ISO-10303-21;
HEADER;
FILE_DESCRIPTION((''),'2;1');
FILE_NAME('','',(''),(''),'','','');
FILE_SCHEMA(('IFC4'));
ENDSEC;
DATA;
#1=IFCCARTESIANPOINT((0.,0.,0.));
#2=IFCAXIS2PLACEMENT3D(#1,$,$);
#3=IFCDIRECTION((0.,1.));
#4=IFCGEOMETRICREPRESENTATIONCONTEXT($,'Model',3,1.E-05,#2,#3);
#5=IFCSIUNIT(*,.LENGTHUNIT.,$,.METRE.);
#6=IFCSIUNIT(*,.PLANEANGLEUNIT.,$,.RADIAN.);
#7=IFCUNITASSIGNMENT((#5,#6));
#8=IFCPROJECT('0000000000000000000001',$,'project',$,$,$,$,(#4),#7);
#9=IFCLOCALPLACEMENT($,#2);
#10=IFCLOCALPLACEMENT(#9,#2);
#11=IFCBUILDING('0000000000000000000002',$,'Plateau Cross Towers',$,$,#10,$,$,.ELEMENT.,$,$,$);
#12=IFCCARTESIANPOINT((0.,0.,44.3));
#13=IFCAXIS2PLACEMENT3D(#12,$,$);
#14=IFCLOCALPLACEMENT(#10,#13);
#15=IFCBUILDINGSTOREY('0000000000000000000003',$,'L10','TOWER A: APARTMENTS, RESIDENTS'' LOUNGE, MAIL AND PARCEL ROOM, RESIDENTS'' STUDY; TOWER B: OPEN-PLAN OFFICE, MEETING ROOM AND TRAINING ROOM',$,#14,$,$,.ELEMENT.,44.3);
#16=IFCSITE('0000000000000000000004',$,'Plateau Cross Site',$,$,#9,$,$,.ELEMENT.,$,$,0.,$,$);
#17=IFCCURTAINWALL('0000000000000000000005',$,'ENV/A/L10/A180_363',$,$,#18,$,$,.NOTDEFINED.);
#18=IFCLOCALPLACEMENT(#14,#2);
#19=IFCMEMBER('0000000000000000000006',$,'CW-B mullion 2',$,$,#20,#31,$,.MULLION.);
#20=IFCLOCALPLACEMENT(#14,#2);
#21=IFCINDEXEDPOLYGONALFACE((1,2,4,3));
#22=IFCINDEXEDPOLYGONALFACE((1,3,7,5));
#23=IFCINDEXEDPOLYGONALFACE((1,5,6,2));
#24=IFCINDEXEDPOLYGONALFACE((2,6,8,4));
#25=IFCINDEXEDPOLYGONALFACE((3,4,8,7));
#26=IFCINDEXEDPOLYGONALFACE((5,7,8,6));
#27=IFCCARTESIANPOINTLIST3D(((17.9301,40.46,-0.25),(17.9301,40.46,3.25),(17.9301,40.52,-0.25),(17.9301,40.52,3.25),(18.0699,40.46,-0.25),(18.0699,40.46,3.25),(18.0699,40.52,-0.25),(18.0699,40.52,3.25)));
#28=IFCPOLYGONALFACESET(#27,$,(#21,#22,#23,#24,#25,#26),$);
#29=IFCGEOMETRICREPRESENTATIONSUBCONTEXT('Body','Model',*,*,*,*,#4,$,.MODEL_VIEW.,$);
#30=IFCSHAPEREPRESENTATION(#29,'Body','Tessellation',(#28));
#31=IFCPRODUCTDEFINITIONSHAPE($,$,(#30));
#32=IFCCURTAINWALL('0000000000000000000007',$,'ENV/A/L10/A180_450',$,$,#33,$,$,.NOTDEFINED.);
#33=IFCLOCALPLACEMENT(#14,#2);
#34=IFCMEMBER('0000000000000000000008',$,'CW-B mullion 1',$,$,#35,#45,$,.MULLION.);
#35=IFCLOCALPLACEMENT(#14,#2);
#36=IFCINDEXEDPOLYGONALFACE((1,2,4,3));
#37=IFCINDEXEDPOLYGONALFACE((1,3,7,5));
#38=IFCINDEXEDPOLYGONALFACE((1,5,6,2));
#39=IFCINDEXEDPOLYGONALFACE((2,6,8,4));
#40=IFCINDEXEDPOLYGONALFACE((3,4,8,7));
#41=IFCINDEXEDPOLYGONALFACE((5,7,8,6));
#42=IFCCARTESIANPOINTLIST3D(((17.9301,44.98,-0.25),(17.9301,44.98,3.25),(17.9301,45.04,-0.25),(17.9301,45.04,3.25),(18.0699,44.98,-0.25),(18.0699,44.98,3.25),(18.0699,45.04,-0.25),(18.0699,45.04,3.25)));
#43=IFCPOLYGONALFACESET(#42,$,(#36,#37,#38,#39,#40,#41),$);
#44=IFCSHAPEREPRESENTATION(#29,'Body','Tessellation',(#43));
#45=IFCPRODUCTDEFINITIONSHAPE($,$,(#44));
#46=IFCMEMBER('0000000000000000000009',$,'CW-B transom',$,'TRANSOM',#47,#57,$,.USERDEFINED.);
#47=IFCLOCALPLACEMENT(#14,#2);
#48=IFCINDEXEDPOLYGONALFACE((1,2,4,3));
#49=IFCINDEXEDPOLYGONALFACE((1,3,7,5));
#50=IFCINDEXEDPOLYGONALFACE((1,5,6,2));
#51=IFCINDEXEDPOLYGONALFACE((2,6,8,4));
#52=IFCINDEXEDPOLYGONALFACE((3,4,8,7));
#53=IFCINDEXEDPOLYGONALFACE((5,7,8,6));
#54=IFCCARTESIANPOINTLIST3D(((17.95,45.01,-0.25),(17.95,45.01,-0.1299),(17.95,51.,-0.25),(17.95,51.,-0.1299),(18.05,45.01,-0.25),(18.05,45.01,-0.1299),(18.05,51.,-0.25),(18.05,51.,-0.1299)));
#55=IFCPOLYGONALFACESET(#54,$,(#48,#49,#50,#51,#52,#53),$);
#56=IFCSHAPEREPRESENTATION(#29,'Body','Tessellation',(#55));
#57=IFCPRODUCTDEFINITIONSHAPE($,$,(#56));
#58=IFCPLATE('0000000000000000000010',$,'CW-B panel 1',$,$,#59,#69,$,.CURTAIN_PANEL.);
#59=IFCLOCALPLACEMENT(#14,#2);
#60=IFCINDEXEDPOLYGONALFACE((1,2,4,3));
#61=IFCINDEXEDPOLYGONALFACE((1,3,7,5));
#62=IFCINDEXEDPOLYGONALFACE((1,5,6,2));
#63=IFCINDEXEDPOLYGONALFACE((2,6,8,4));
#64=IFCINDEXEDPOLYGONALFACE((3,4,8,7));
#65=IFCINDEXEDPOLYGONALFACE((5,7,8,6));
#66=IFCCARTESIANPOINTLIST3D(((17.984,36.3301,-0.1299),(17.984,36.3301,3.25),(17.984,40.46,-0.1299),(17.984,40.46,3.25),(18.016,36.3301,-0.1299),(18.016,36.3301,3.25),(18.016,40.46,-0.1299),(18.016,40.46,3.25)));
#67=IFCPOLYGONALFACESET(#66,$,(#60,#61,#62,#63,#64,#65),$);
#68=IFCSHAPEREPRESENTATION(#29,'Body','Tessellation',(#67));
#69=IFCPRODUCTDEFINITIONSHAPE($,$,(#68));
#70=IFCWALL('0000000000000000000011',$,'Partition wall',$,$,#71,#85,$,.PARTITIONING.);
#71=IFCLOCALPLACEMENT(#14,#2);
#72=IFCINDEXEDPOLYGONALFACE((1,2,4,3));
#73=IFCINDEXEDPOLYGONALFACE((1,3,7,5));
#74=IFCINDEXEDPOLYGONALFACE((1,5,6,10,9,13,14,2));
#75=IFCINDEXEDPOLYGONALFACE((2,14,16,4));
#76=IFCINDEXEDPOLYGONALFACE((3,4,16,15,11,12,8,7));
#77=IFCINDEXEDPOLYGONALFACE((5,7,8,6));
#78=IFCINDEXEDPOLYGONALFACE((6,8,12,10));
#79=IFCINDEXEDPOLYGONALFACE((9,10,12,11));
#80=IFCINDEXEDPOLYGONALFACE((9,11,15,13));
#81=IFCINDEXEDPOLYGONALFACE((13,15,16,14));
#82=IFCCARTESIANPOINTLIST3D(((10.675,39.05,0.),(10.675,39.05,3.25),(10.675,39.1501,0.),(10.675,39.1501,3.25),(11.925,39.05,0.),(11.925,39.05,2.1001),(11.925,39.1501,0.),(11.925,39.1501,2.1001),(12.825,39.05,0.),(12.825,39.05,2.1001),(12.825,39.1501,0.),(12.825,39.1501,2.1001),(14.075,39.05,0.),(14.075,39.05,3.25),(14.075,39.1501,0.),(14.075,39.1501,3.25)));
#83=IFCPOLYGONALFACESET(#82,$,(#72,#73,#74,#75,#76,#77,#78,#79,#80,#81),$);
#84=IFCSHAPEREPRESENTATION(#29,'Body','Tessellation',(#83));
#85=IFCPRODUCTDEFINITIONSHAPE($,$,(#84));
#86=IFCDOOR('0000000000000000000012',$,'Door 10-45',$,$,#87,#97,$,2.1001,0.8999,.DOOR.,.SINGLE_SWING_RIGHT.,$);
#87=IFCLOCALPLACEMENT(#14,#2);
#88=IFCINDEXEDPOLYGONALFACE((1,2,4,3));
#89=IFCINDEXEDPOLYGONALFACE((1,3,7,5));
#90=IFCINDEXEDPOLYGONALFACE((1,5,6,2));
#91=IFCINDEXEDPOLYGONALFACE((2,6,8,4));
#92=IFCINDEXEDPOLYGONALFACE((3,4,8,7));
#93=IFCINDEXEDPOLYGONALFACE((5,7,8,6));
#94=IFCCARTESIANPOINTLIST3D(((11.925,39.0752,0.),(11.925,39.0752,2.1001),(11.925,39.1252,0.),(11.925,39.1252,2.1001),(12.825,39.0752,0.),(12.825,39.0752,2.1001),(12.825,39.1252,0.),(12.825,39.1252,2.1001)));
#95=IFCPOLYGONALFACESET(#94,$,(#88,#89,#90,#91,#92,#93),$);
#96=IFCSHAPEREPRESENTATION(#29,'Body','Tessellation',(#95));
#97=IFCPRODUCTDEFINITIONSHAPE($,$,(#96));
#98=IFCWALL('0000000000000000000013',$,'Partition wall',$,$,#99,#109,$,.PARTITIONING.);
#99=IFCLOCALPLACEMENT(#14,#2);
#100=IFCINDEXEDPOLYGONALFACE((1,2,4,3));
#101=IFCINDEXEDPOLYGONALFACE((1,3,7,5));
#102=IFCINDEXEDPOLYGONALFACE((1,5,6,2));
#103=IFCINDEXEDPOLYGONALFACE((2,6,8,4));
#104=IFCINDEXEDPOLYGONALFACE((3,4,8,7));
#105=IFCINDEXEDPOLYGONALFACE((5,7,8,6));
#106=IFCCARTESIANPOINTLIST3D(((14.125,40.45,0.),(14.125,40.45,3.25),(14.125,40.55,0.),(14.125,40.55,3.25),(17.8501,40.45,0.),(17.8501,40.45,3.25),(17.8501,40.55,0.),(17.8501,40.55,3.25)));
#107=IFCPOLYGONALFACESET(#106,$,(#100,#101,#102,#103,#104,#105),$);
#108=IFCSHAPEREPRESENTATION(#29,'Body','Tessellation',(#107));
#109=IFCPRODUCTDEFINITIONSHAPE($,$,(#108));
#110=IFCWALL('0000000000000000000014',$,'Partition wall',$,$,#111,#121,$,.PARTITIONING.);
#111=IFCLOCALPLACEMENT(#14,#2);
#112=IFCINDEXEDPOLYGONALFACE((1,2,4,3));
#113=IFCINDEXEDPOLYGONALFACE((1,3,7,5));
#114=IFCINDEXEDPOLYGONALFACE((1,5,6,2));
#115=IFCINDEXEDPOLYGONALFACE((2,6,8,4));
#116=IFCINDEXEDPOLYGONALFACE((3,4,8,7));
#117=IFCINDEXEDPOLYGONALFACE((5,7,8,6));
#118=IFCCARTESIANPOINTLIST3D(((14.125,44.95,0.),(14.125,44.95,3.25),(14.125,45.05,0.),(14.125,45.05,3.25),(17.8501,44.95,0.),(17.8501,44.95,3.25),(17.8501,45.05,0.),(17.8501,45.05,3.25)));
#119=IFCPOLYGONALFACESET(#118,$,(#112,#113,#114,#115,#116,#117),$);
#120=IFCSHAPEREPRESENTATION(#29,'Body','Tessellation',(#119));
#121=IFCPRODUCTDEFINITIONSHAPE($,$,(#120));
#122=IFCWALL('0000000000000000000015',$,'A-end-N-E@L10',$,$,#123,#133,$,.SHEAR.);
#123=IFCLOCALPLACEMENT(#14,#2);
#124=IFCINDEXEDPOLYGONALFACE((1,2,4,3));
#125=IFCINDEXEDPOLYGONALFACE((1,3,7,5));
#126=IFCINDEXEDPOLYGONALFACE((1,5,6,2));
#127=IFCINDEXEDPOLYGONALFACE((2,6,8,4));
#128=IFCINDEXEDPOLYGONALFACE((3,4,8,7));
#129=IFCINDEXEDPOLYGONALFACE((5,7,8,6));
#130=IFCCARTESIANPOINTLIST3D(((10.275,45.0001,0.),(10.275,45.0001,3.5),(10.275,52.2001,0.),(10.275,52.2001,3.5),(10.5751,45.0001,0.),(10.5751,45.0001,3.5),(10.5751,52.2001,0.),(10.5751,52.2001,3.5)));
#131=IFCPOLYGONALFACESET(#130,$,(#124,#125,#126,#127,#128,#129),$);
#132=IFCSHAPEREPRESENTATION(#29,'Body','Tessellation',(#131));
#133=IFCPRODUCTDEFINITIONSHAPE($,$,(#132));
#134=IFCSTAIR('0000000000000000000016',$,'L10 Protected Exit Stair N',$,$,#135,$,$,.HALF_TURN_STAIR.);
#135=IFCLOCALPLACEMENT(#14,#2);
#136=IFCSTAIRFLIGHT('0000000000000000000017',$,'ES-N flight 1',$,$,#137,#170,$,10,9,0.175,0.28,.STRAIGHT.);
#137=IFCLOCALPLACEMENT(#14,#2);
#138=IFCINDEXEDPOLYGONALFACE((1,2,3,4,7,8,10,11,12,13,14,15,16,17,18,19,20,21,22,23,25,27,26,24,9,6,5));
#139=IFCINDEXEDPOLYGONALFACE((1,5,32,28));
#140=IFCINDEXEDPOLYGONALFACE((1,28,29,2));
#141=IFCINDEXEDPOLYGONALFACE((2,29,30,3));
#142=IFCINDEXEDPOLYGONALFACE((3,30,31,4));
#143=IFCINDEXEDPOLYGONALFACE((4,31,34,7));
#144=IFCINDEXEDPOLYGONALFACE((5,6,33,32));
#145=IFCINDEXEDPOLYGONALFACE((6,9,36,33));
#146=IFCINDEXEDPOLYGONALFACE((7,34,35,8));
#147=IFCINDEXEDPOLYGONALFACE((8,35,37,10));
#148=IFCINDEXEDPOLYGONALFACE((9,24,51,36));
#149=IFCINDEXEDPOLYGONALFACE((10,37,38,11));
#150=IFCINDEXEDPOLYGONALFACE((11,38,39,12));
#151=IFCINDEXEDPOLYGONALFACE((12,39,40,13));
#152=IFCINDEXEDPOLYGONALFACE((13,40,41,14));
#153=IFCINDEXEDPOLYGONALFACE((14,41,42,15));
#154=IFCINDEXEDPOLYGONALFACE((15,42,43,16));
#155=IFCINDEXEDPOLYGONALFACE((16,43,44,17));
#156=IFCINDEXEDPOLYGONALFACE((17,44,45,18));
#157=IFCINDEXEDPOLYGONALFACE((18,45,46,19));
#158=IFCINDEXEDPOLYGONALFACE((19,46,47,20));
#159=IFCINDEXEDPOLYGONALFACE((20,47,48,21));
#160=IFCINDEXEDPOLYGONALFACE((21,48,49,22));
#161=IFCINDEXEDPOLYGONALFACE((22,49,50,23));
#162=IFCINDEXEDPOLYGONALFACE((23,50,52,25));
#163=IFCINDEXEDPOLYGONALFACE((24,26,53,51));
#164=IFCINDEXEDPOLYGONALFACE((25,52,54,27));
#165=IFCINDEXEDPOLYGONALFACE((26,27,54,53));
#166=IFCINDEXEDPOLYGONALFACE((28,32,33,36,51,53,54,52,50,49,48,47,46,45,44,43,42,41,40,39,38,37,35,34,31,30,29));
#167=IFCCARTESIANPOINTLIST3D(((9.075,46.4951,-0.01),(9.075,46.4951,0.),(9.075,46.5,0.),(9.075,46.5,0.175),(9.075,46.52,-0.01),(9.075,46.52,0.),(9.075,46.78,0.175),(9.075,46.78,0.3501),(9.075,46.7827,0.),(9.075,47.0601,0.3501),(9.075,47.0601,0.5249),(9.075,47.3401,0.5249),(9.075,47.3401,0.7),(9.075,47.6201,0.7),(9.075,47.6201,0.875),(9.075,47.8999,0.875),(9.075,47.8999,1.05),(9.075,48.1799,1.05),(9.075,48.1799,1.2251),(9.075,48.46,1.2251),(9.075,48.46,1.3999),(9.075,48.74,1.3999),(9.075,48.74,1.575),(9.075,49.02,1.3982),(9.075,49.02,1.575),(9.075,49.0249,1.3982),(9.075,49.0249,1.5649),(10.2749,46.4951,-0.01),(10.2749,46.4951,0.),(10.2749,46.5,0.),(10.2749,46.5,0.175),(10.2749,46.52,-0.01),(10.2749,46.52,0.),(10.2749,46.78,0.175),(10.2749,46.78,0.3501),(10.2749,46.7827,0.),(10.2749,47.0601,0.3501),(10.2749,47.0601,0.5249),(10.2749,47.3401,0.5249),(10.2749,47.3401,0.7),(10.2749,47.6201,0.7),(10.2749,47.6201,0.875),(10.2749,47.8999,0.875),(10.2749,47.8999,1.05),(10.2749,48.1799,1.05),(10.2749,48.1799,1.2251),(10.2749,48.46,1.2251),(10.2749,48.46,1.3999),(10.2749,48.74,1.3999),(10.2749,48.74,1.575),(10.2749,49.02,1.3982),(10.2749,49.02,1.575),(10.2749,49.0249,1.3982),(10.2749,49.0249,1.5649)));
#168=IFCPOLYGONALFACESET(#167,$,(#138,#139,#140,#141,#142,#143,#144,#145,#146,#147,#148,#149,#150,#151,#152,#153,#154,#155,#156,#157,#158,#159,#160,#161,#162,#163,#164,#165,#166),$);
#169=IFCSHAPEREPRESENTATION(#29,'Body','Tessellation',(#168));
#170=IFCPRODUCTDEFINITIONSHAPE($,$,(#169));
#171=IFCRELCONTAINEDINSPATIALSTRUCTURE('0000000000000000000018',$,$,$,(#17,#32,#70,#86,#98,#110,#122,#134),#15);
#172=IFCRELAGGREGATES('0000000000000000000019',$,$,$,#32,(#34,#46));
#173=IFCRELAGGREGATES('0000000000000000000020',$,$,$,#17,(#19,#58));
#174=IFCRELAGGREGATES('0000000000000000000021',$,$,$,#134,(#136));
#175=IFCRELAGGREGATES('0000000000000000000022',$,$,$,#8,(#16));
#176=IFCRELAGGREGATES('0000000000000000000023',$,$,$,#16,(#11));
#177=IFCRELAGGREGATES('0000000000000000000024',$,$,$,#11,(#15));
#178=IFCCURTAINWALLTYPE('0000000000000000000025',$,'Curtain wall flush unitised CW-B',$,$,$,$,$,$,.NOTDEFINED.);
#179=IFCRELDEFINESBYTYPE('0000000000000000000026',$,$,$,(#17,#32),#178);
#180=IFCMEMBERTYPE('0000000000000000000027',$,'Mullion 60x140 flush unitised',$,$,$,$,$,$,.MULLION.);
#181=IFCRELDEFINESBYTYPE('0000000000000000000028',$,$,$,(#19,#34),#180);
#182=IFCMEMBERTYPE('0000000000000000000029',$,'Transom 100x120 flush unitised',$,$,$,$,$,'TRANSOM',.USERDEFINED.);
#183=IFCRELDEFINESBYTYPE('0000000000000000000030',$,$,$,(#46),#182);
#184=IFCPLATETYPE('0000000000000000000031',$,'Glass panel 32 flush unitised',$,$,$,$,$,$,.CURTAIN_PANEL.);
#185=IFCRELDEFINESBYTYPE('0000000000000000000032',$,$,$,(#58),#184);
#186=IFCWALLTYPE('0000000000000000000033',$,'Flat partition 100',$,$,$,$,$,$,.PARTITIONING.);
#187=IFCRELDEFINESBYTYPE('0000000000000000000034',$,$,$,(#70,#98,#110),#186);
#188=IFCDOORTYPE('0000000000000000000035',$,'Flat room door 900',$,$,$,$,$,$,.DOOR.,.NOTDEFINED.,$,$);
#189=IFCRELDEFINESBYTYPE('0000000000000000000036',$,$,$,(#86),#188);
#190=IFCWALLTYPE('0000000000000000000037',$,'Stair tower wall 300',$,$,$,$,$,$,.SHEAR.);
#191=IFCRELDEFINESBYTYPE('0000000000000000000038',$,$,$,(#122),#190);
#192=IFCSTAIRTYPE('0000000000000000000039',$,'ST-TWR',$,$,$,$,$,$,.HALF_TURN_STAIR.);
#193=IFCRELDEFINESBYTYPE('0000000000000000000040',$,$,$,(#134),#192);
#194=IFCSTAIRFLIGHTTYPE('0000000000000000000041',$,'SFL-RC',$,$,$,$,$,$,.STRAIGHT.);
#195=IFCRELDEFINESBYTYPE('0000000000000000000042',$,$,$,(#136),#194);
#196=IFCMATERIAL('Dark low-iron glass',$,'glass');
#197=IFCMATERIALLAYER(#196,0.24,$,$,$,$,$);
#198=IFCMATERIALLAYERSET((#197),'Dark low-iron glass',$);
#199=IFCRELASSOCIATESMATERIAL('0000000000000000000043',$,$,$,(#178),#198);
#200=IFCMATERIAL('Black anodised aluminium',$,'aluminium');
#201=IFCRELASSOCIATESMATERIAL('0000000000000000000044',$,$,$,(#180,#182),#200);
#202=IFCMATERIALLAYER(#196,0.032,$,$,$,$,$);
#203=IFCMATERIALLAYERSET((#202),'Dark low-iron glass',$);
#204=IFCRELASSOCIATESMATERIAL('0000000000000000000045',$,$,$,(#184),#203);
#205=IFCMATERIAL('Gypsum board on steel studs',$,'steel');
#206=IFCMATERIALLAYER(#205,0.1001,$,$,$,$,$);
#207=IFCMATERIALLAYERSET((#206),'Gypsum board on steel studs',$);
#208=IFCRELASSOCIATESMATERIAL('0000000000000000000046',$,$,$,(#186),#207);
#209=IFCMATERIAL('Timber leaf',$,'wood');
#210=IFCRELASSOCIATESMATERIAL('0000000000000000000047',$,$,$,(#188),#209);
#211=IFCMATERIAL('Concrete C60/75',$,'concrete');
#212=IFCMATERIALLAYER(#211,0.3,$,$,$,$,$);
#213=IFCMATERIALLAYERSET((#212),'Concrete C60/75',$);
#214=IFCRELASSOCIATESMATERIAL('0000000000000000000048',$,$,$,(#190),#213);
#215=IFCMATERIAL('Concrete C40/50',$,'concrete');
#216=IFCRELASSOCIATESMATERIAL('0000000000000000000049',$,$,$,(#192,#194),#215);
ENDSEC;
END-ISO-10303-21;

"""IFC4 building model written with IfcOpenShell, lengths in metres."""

from ifc_helpers import new_model, si_unit, direction, frame, frame_2d, origin, origin_2d, place, context, subcontext, project, spatial, polyline, rectangle, outline, extrude, material, layer, layer_set, material_profile, profile_set, type_object, element, fill, aggregate, save


model = new_model("IFC4")

# Units and contexts
model_context = context("Model", 3, precision=1e-05, world=origin(), true_north=direction((0.0, 1.0)))
body_context = subcontext(model_context, "Body", "Model", "MODEL_VIEW")
ifc_project = project(units=[si_unit("LENGTHUNIT", "METRE"), si_unit("PLANEANGLEUNIT", "RADIAN")], contexts=[model_context])

# Site, building, storey
site_placement = place(None, origin())
site = spatial("IfcSite", under=ifc_project, at=site_placement, Name="Plateau Cross Site", CompositionType="ELEMENT", RefElevation=0.0)
building_placement = place(site_placement, origin())
building = spatial("IfcBuilding", under=site, at=building_placement, Name="Plateau Cross Towers", CompositionType="ELEMENT")
storey_placement = place(building_placement, frame((0.0, 0.0, 44.3)))
storey = spatial("IfcBuildingStorey", under=building, at=storey_placement, Name="L10", Description="TOWER A: APARTMENTS, RESIDENTS' LOUNGE, MAIL AND PARCEL ROOM, RESIDENTS' STUDY; TOWER B: OPEN-PLAN OFFICE, MEETING ROOM AND TRAINING ROOM", CompositionType="ELEMENT", Elevation=44.3)

# Curtain wall, member
ifc_material_1 = material(Name="Dark low-iron glass", Category="glass")
ifc_layer_1 = layer(ifc_material_1, 0.24)
ifc_layer_set_1 = layer_set([ifc_layer_1], Name="Dark low-iron glass")
curtain_wall_type = type_object("IfcCurtainWallType", Name="Curtain wall flush unitised CW-B", PredefinedType="NOTDEFINED", material=ifc_layer_set_1)
curtain_wall_1_placement = place(storey_placement, origin())
curtain_wall_1 = element("IfcCurtainWall", 1, at=curtain_wall_1_placement, inside=storey, type_object=curtain_wall_type, Name="ENV/A/L10/A180_363", PredefinedType="NOTDEFINED")
ifc_material_2 = material(Name="Black anodised aluminium", Category="aluminium")
ifc_material_profile_1 = material_profile(ifc_material_2, rectangle(XDim=0.0601, YDim=0.1399, at=origin_2d()), Name="MULLION 60x140")
ifc_profile_set_1 = profile_set([ifc_material_profile_1], Name="Black anodised aluminium")
member_type_1 = type_object("IfcMemberType", Name="Mullion 60x140 flush unitised", PredefinedType="MULLION", material=ifc_profile_set_1)
member_1_placement = place(storey_placement, frame((18.0, 40.49, -0.25), z_axis=(0.0, 0.0, 1.0), x_axis=(0.0, 1.0, 0.0)))
member_1 = element("IfcMember", 2, at=member_1_placement, type_object=member_type_1, Name="CW-B mullion 2", PredefinedType="MULLION", context=body_context, shape_type="SweptSolid", body=[
    extrude(rectangle(XDim=0.0601, YDim=0.1399, at=origin_2d()), origin(), (0.0, 0.0, 1.0), 3.5),
])

# Curtain wall, members
curtain_wall_2_placement = place(storey_placement, origin())
curtain_wall_2 = element("IfcCurtainWall", 3, at=curtain_wall_2_placement, inside=storey, type_object=curtain_wall_type, Name="ENV/A/L10/A180_450", PredefinedType="NOTDEFINED")
member_2_placement = place(storey_placement, frame((18.0, 45.01, -0.25), z_axis=(0.0, 0.0, 1.0), x_axis=(0.0, 1.0, 0.0)))
member_2 = element("IfcMember", 4, at=member_2_placement, type_object=member_type_1, Name="CW-B mullion 1", PredefinedType="MULLION", context=body_context, shape_type="SweptSolid", body=[
    extrude(rectangle(XDim=0.0601, YDim=0.1399, at=origin_2d()), origin(), (0.0, 0.0, 1.0), 3.5),
])
ifc_material_profile_2 = material_profile(ifc_material_2, rectangle(XDim=0.1001, YDim=0.1201, at=origin_2d()), Name="TRANSOM 100x120")
ifc_profile_set_2 = profile_set([ifc_material_profile_2], Name="Black anodised aluminium")
member_type_2 = type_object("IfcMemberType", Name="Transom 100x120 flush unitised", ElementType="TRANSOM", PredefinedType="USERDEFINED", material=ifc_profile_set_2)
member_3_placement = place(storey_placement, frame((18.0, 45.01, -0.1899), z_axis=(0.0, 1.0, 0.0), x_axis=(-1.0, 0.0, 0.0)))
member_3 = element("IfcMember", 5, at=member_3_placement, type_object=member_type_2, Name="CW-B transom", ObjectType="TRANSOM", PredefinedType="USERDEFINED", context=body_context, shape_type="SweptSolid", body=[
    extrude(rectangle(XDim=0.1001, YDim=0.1201, at=origin_2d()), origin(), (0.0, 0.0, 1.0), 5.99),
])
aggregate(curtain_wall_2, [member_2, member_3])

# Plate
ifc_layer_2 = layer(ifc_material_1, 0.032)
ifc_layer_set_2 = layer_set([ifc_layer_2], Name="Dark low-iron glass")
plate_type = type_object("IfcPlateType", Name="Glass panel 32 flush unitised", PredefinedType="CURTAIN_PANEL", material=ifc_layer_set_2)
plate_placement = place(storey_placement, frame((18.0, 38.395, -0.1299), z_axis=(0.0, 0.0, 1.0), x_axis=(0.0, 1.0, 0.0)))
plate = element("IfcPlate", 6, at=plate_placement, type_object=plate_type, Name="CW-B panel 1", PredefinedType="CURTAIN_PANEL", context=body_context, shape_type="SweptSolid", body=[
    extrude(rectangle(XDim=4.1299, YDim=0.032, at=origin_2d()), origin(), (0.0, 0.0, 1.0), 3.3799),
])
aggregate(curtain_wall_1, [member_1, plate])

# Wall, opening, door
ifc_material_3 = material(Name="Gypsum board on steel studs", Category="steel")
ifc_layer_3 = layer(ifc_material_3, 0.1001)
ifc_layer_set_3 = layer_set([ifc_layer_3], Name="Gypsum board on steel studs")
wall_type_1 = type_object("IfcWallType", Name="Flat partition 100", PredefinedType="PARTITIONING", material=ifc_layer_set_3)
wall_1_placement = place(storey_placement, frame((14.075, 39.1001, 0.0), z_axis=(0.0, 0.0, 1.0), x_axis=(-1.0, 0.0, 0.0)))
wall_1 = element("IfcWall", 7, at=wall_1_placement, inside=storey, type_object=wall_type_1, Name="Partition wall", PredefinedType="PARTITIONING", context=body_context, shape_type="SweptSolid", body=[
    extrude(rectangle(XDim=3.3999, YDim=0.1001, at=frame_2d((1.7, 0.0))), origin(), (0.0, 0.0, 1.0), 3.25),
])
opening_1_placement = place(wall_1_placement, frame((1.25, 0.0, 0.0)))
opening_1 = element("IfcOpeningElement", 8, at=opening_1_placement, cuts=wall_1, PredefinedType="OPENING", context=body_context, shape_type="SweptSolid", body=[
    extrude(rectangle(XDim=0.8999, YDim=2.1001, at=frame_2d((0.45, 1.05))), frame((0.0, 0.0601, 0.0), z_axis=(0.0, -1.0, 0.0), x_axis=(1.0, 0.0, 0.0)), (0.0, 0.0, 1.0), 0.1201),
])
ifc_material_4 = material(Name="Timber leaf", Category="wood")
door_type_1 = type_object("IfcDoorType", Name="Flat room door 900", OperationType="NOTDEFINED", PredefinedType="DOOR", material=ifc_material_4)
door_1_placement = place(opening_1_placement, origin())
door_1 = element("IfcDoor", 9, at=door_1_placement, inside=storey, type_object=door_type_1, Name="Door 10-45", OperationType="SINGLE_SWING_RIGHT", OverallHeight=2.1001, OverallWidth=0.8999, PredefinedType="DOOR", context=body_context, shape_type="SweptSolid", body=[
    extrude(rectangle(XDim=0.8999, YDim=2.1001, at=frame_2d((0.45, 1.05))), frame((0.0, 0.0249, 0.0), z_axis=(0.0, -1.0, 0.0), x_axis=(1.0, 0.0, 0.0)), (0.0, 0.0, 1.0), 0.05),
])
fill(opening_1, door_1)

# Walls
for number, where, z_axis, x_axis, name in (
    (10, (14.125, 40.5, 0.0), (0.0, 0.0, 1.0), (1.0, 0.0, 0.0), "Partition wall"),
    (11, (17.8501, 45.0, 0.0), (0.0, 0.0, 1.0), (-1.0, 0.0, 0.0), "Partition wall"),
):
    element("IfcWall", number, at=place(storey_placement, frame(where, z_axis=z_axis, x_axis=x_axis)), inside=storey, type_object=wall_type_1, Name=name, PredefinedType="PARTITIONING", context=body_context, shape_type="SweptSolid", body=[
        extrude(rectangle(XDim=3.7251, YDim=0.1001, at=frame_2d((1.8625, 0.0))), origin(), (0.0, 0.0, 1.0), 3.25),
    ])
ifc_material_5 = material(Name="Concrete C60/75", Category="concrete")
ifc_layer_4 = layer(ifc_material_5, 0.3)
ifc_layer_set_4 = layer_set([ifc_layer_4], Name="Concrete C60/75")
wall_type_2 = type_object("IfcWallType", Name="Stair tower wall 300", PredefinedType="SHEAR", material=ifc_layer_set_4)
wall_2_placement = place(storey_placement, frame((10.425, 45.0, 0.0), z_axis=(0.0, 0.0, 1.0), x_axis=(0.0, 1.0, 0.0)))
element("IfcWall", 12, at=wall_2_placement, inside=storey, type_object=wall_type_2, Name="A-end-N-E@L10", PredefinedType="SHEAR", context=body_context, shape_type="SweptSolid", body=[
    extrude(rectangle(XDim=7.2, YDim=0.3, at=frame_2d((3.6001, 0.0))), origin(), (0.0, 0.0, 1.0), 3.5),
])

# Stair, stair flight
ifc_material_6 = material(Name="Concrete C40/50", Category="concrete")
stair_type = type_object("IfcStairType", Name="ST-TWR", PredefinedType="HALF_TURN_STAIR", material=ifc_material_6)
stair_placement = place(storey_placement, origin())
stair = element("IfcStair", 13, at=stair_placement, inside=storey, type_object=stair_type, Name="L10 Protected Exit Stair N", PredefinedType="HALF_TURN_STAIR")
stair_flight_type = type_object("IfcStairFlightType", Name="SFL-RC", PredefinedType="STRAIGHT", material=ifc_material_6)
stair_flight_placement = place(storey_placement, frame((9.675, 46.5, 0.0), z_axis=(0.0, 0.0, 1.0), x_axis=(0.0, 1.0, 0.0)))
stair_flight = element("IfcStairFlight", 14, at=stair_flight_placement, type_object=stair_flight_type, Name="ES-N flight 1", NumberOfRisers=10, NumberOfTreads=9, PredefinedType="STRAIGHT", RiserHeight=0.175, TreadLength=0.28, context=body_context, shape_type="SweptSolid", body=[
    extrude(outline(polyline([(-0.0049, -0.01), (-0.0049, 0.0), (0.0, 0.0), (0.0, 0.175), (0.28, 0.175), (0.28, 0.3501), (0.5601, 0.3501), (0.5601, 0.5249), (0.8401, 0.5249), (0.8401, 0.7), (1.1201, 0.7), (1.1201, 0.875), (1.3999, 0.875), (1.3999, 1.05), (1.6799, 1.05), (1.6799, 1.2251), (1.96, 1.2251), (1.96, 1.3999), (2.24, 1.3999), (2.24, 1.575), (2.52, 1.575), (2.5249, 1.5649), (2.5249, 1.3982), (2.52, 1.3982), (0.2827, 0.0), (0.02, 0.0), (0.02, -0.01), (-0.0049, -0.01)])), frame((0.0, 0.6001, 0.0), z_axis=(0.0, -1.0, 0.0), x_axis=(1.0, 0.0, 0.0)), (0.0, 0.0, 1.0), 1.2),
])
aggregate(stair, [stair_flight])

save(model, "model.ifc")
